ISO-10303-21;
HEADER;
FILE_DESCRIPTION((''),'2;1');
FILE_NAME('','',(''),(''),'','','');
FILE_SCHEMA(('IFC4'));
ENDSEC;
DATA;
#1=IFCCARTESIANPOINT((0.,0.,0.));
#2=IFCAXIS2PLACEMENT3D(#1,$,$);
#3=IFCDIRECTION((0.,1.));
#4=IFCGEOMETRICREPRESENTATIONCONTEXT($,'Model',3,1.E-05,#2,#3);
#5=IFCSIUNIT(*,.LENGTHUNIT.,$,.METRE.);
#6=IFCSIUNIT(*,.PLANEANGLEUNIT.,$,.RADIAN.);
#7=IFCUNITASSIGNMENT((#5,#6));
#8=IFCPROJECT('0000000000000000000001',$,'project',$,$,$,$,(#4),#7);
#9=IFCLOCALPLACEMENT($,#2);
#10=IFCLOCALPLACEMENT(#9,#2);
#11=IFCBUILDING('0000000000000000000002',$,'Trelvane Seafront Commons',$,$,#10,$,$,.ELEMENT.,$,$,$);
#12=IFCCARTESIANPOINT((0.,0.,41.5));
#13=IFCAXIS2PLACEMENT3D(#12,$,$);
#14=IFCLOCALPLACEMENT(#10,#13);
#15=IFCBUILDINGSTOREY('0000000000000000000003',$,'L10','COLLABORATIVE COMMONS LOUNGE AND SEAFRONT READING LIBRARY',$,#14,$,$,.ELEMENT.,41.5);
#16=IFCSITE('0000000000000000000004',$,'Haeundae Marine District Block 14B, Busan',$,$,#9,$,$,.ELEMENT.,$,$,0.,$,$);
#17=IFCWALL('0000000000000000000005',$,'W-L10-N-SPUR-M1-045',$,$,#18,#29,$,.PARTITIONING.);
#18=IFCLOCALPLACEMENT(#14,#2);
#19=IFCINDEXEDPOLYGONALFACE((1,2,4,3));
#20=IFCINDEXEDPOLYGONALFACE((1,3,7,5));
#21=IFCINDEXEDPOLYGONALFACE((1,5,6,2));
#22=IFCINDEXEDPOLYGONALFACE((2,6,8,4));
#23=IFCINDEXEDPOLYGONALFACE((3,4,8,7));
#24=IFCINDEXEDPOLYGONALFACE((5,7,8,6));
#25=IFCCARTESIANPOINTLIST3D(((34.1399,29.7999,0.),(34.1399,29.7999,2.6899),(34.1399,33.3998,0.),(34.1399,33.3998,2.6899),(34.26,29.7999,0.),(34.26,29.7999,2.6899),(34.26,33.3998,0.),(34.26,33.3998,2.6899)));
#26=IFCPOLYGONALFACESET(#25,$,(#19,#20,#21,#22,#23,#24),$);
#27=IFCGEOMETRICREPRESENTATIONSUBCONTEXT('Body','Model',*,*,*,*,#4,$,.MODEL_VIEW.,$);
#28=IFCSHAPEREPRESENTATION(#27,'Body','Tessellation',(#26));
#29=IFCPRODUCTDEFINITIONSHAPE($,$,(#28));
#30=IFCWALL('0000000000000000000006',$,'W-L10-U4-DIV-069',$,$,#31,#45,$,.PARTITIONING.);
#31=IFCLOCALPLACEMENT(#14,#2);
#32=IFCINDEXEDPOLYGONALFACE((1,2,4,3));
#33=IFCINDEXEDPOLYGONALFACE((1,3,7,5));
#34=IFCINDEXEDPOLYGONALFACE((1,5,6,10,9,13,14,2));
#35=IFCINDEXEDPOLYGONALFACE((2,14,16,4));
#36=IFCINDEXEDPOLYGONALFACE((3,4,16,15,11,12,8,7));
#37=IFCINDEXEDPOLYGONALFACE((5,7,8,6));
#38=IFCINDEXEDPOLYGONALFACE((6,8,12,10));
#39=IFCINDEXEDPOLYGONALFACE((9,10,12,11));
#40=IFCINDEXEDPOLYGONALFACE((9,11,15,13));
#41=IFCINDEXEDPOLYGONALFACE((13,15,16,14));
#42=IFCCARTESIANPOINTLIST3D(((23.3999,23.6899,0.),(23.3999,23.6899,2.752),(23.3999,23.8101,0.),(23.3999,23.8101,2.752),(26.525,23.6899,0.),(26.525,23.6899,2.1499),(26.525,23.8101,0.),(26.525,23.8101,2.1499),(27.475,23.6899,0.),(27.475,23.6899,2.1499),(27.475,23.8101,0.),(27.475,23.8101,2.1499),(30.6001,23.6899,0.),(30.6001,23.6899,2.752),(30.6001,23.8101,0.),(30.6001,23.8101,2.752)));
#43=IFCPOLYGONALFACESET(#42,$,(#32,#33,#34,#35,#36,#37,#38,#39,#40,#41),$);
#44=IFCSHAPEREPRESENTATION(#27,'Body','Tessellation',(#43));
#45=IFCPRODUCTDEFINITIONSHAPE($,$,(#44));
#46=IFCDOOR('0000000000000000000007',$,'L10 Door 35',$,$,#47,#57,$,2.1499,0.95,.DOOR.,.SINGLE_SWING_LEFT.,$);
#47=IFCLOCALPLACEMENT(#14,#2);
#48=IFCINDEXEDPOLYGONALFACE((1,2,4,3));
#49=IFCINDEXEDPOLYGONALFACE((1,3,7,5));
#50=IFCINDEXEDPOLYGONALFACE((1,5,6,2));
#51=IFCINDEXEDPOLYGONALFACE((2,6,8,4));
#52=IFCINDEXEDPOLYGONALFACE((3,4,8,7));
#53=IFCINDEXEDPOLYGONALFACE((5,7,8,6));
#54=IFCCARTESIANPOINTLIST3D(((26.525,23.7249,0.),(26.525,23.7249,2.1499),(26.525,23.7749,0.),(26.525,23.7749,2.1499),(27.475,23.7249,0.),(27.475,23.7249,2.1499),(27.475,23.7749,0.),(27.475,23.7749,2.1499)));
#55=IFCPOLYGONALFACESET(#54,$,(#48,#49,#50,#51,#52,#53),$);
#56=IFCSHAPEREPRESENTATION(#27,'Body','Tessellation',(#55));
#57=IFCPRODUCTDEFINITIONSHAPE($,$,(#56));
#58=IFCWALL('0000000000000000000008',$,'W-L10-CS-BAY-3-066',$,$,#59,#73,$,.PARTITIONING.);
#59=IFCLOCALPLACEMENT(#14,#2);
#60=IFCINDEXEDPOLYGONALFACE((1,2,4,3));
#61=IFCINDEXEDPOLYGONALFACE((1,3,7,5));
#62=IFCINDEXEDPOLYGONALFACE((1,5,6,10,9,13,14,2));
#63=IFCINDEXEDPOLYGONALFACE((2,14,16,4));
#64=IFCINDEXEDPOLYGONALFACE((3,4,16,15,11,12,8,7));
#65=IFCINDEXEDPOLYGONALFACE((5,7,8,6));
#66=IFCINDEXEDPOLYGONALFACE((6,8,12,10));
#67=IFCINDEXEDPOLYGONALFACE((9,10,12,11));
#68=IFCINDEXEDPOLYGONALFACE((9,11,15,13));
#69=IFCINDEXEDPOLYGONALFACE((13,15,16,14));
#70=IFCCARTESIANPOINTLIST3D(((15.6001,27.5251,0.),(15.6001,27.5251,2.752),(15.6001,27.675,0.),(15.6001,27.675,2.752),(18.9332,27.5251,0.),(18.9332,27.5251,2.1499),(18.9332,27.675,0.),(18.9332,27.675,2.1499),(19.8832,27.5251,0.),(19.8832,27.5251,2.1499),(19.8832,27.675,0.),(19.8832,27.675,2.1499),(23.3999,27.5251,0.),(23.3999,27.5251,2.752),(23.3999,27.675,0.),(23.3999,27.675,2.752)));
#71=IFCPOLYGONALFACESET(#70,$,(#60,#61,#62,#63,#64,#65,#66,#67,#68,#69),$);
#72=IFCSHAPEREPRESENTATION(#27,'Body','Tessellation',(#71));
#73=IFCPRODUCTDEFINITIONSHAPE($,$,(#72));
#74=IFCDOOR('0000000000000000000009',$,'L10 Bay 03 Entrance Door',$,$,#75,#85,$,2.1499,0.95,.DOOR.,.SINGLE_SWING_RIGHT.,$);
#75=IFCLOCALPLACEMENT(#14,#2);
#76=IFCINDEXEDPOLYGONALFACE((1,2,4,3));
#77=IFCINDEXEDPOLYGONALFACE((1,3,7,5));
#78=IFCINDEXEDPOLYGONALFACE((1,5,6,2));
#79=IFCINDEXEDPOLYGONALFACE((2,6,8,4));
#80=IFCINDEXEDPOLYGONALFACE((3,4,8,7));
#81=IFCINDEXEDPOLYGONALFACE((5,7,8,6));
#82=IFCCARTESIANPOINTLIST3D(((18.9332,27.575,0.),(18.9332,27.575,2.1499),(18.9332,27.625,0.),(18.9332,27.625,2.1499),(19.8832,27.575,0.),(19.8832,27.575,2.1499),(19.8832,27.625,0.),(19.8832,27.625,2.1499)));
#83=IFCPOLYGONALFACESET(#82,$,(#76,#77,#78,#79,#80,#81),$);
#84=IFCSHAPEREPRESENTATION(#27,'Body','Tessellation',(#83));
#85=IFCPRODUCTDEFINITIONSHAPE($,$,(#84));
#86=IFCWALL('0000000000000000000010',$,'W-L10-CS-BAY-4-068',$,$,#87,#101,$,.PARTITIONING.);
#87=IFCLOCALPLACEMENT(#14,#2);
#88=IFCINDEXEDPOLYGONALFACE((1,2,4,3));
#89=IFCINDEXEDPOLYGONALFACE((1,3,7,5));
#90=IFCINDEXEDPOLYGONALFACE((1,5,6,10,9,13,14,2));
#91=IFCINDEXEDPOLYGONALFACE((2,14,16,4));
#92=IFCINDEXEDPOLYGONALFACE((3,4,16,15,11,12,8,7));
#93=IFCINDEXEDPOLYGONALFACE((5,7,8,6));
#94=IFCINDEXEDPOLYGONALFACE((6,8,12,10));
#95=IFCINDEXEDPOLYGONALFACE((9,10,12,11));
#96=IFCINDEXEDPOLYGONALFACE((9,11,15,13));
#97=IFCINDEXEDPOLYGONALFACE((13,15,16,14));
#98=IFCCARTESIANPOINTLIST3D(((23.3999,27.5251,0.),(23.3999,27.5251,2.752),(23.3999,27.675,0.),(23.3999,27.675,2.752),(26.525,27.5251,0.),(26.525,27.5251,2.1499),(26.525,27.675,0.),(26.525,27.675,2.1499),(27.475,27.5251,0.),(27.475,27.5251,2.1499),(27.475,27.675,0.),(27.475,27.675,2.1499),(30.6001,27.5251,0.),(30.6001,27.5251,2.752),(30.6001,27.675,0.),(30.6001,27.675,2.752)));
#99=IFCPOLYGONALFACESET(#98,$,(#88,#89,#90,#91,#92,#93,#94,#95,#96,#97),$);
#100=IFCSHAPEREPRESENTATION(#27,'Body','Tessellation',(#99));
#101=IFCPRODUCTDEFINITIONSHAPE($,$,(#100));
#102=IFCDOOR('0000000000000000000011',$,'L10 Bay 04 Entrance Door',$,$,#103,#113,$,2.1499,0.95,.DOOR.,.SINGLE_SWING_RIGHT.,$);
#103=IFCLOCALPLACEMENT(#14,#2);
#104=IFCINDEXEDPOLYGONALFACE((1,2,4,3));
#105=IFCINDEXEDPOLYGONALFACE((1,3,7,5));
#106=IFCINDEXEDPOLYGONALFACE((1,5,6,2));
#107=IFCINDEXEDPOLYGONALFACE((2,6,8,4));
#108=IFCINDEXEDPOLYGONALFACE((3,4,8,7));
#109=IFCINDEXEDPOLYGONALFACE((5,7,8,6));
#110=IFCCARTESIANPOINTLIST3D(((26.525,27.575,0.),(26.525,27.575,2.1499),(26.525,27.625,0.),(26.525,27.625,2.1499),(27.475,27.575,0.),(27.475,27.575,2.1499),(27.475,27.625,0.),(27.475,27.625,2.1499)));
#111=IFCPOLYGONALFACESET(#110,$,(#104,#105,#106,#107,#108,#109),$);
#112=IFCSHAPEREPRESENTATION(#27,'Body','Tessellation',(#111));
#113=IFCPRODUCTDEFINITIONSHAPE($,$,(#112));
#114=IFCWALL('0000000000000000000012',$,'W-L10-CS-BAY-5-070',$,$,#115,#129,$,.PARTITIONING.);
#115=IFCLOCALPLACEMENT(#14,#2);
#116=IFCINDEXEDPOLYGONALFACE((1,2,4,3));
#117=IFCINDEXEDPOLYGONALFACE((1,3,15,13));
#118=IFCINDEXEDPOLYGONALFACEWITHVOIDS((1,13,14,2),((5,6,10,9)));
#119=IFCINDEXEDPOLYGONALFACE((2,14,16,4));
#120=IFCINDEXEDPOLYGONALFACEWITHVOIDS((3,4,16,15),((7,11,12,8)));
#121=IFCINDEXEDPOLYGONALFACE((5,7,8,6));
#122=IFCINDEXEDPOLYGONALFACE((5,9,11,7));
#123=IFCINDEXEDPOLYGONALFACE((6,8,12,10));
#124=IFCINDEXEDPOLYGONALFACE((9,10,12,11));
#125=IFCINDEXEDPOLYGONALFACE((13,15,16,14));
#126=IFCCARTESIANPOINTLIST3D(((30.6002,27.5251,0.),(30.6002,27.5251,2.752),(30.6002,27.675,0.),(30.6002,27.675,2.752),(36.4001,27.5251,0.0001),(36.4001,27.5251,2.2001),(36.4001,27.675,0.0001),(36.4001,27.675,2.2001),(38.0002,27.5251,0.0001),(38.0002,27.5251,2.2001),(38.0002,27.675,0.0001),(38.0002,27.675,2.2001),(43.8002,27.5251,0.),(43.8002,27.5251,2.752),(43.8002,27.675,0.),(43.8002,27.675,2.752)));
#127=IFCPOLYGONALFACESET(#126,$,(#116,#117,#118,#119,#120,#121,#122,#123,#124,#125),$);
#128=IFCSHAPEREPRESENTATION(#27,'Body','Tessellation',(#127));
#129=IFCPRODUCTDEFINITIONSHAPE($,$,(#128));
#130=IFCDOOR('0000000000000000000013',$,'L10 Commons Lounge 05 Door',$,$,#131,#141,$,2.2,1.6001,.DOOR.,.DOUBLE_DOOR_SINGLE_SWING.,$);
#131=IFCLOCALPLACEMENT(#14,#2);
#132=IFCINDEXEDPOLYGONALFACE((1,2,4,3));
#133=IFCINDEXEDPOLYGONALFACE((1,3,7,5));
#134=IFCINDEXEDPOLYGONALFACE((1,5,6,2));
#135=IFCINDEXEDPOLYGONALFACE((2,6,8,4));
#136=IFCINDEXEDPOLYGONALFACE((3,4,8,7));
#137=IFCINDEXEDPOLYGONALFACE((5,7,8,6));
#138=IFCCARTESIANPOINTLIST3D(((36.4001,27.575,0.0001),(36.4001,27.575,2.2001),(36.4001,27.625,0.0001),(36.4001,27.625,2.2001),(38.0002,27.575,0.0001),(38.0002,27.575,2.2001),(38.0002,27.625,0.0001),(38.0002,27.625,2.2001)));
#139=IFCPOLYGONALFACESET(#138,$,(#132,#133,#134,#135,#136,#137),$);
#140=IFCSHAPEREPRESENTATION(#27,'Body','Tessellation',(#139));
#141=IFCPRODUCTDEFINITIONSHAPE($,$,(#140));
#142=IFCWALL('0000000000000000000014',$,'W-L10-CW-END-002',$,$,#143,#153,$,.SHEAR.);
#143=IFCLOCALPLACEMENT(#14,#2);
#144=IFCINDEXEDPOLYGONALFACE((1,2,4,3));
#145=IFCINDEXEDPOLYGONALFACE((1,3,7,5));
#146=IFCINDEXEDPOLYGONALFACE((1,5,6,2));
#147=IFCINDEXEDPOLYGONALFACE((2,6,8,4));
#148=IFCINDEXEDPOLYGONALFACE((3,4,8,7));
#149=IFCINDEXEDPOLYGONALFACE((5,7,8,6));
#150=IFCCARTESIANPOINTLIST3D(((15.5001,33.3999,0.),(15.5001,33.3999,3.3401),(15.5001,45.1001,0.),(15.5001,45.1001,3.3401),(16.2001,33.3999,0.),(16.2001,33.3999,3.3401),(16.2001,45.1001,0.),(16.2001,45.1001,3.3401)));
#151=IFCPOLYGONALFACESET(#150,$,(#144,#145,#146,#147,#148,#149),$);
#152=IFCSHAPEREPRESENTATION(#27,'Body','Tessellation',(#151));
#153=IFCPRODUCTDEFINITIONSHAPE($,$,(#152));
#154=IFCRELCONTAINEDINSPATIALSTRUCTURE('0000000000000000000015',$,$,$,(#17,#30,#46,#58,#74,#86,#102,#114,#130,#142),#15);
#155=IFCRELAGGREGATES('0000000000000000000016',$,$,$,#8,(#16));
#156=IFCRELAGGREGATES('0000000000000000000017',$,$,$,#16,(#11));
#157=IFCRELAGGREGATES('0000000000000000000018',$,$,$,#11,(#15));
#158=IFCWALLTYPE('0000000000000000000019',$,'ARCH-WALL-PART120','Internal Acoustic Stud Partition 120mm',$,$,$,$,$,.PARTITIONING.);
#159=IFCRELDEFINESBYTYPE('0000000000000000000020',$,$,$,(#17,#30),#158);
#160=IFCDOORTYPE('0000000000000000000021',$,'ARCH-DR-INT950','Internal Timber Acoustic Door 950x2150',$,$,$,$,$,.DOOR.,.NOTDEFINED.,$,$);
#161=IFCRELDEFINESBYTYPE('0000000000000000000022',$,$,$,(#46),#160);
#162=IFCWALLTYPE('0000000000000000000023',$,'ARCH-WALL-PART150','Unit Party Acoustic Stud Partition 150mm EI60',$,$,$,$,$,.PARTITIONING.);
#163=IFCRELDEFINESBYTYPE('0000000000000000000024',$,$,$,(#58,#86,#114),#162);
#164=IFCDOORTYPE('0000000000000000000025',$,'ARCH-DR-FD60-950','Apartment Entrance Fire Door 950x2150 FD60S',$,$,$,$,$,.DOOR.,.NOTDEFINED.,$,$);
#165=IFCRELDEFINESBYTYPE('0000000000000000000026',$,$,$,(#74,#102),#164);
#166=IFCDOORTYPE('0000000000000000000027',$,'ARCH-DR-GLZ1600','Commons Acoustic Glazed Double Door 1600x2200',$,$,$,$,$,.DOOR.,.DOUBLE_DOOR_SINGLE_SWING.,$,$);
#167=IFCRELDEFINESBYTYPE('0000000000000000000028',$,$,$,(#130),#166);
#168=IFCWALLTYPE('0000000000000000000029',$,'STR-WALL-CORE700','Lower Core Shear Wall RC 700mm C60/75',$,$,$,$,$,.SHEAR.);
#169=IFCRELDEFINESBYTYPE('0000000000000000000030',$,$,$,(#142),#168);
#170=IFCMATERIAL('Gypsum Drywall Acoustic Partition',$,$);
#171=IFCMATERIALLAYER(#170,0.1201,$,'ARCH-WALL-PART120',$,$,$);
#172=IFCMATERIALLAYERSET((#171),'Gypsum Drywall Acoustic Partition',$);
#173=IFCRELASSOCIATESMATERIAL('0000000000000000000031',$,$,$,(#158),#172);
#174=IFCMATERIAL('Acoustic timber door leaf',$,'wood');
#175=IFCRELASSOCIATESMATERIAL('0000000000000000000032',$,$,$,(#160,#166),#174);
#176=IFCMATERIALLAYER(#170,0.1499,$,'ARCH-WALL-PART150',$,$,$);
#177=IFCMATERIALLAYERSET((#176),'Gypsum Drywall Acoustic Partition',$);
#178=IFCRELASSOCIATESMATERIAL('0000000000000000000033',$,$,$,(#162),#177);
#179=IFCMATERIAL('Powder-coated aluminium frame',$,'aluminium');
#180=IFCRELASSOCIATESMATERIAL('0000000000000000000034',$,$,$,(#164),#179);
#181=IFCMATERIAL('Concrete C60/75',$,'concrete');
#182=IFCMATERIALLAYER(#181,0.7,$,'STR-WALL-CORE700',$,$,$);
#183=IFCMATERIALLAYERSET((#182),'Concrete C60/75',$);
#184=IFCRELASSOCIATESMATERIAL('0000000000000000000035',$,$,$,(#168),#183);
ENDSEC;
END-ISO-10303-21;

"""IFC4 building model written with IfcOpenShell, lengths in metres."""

from ifc_helpers import new_model, si_unit, direction, frame, frame_2d, origin, place, context, subcontext, project, spatial, rectangle, extrude, source, transform, mapped, material, layer, layer_set, type_object, element, fill, save


model = new_model("IFC4")

# Units and contexts
model_context = context("Model", 3, precision=1e-05, world=origin(), true_north=direction((0.0, 1.0)))
body_context = subcontext(model_context, "Body", "Model", "MODEL_VIEW")
ifc_project = project(units=[si_unit("LENGTHUNIT", "METRE"), si_unit("PLANEANGLEUNIT", "RADIAN")], contexts=[model_context])

# Site, building, storey
site_placement = place(None, origin())
site = spatial("IfcSite", under=ifc_project, at=site_placement, Name="Haeundae Marine District Block 14B, Busan", CompositionType="ELEMENT", RefElevation=0.0)
building_placement = place(site_placement, origin())
building = spatial("IfcBuilding", under=site, at=building_placement, Name="Trelvane Seafront Commons", CompositionType="ELEMENT")
storey_placement = place(building_placement, frame((0.0, 0.0, 41.5)))
storey = spatial("IfcBuildingStorey", under=building, at=storey_placement, Name="L10", Description="COLLABORATIVE COMMONS LOUNGE AND SEAFRONT READING LIBRARY", CompositionType="ELEMENT", Elevation=41.5)

# Shared definitions
ifc_material_1 = material(Name="Concrete C60/75", Category="concrete")

# Shared definitions
ifc_material_2 = material(Name="Gypsum Drywall Acoustic Partition")
ifc_layer_1 = layer(ifc_material_2, 0.1201, Name="ARCH-WALL-PART120")
ifc_layer_set_1 = layer_set([ifc_layer_1], Name="Gypsum Drywall Acoustic Partition")
wall_type_1 = type_object("IfcWallType", Name="ARCH-WALL-PART120", Description="Internal Acoustic Stud Partition 120mm", PredefinedType="PARTITIONING", material=ifc_layer_set_1)
ifc_material_3 = material(Name="Acoustic timber door leaf", Category="wood")
door_type_1 = type_object("IfcDoorType", Name="ARCH-DR-INT950", Description="Internal Timber Acoustic Door 950x2150", OperationType="NOTDEFINED", PredefinedType="DOOR", material=ifc_material_3)
shared_shape_1 = source(origin(), body_context, "Body", "SweptSolid", [
    extrude(rectangle(XDim=0.95, YDim=2.1499, at=frame_2d((0.4751, 1.075))), frame((0.0, 0.0249, 0.0), z_axis=(0.0, -1.0, 0.0), x_axis=(1.0, 0.0, 0.0)), (0.0, 0.0, 1.0), 0.05),
])

# Wall
for number, where, z_axis, x_axis, name in (
    (1, (34.2, 29.8, 0.0), (0.0, 0.0, 1.0), (0.0, 1.0, 0.0), "W-L10-N-SPUR-M1-045"),
):
    element("IfcWall", number, at=place(storey_placement, frame(where, z_axis=z_axis, x_axis=x_axis)), inside=storey, type_object=wall_type_1, Name=name, PredefinedType="PARTITIONING", context=body_context, shape_type="SweptSolid", body=[
        extrude(rectangle(XDim=3.5999, YDim=0.1201, at=frame_2d((1.7998, 0.0))), origin(), (0.0, 0.0, 1.0), 2.6899),
    ])

# Walls, openings, doors
wall_1_placement = place(storey_placement, frame((23.3999, 23.75, 0.0), z_axis=(0.0, 0.0, 1.0), x_axis=(1.0, 0.0, 0.0)))
wall_1 = element("IfcWall", 2, at=wall_1_placement, inside=storey, type_object=wall_type_1, Name="W-L10-U4-DIV-069", PredefinedType="PARTITIONING", context=body_context, shape_type="SweptSolid", body=[
    extrude(rectangle(XDim=7.2002, YDim=0.1201, at=frame_2d((3.6001, 0.0))), origin(), (0.0, 0.0, 1.0), 2.752),
])
opening_1_placement = place(wall_1_placement, frame((3.125, 0.0, 0.0)))
opening_1 = element("IfcOpeningElement", 3, at=opening_1_placement, cuts=wall_1, PredefinedType="OPENING", context=body_context, shape_type="SweptSolid", body=[
    extrude(rectangle(XDim=0.95, YDim=2.1499, at=frame_2d((0.4751, 1.075))), frame((0.0, 0.0701, 0.0), z_axis=(0.0, -1.0, 0.0), x_axis=(1.0, 0.0, 0.0)), (0.0, 0.0, 1.0), 0.1401),
])
door_1_placement = place(opening_1_placement, origin())
door_1 = element("IfcDoor", 4, at=door_1_placement, inside=storey, type_object=door_type_1, Name="L10 Door 35", OperationType="SINGLE_SWING_LEFT", OverallHeight=2.1499, OverallWidth=0.95, PredefinedType="DOOR", context=body_context, shape_type="MappedRepresentation", body=[
    mapped(shared_shape_1, transform((0.0, 0.0, 0.0), x_axis=(1.0, 0.0, 0.0), y_axis=(0.0, 1.0, 0.0), z_axis=(0.0, 0.0, 1.0), scale=1.0)),
])
fill(opening_1, door_1)
ifc_layer_2 = layer(ifc_material_2, 0.1499, Name="ARCH-WALL-PART150")
ifc_layer_set_2 = layer_set([ifc_layer_2], Name="Gypsum Drywall Acoustic Partition")
wall_type_2 = type_object("IfcWallType", Name="ARCH-WALL-PART150", Description="Unit Party Acoustic Stud Partition 150mm EI60", PredefinedType="PARTITIONING", material=ifc_layer_set_2)
wall_2_placement = place(storey_placement, frame((15.6001, 27.6001, 0.0), z_axis=(0.0, 0.0, 1.0), x_axis=(1.0, 0.0, 0.0)))
wall_2 = element("IfcWall", 5, at=wall_2_placement, inside=storey, type_object=wall_type_2, Name="W-L10-CS-BAY-3-066", PredefinedType="PARTITIONING", context=body_context, shape_type="SweptSolid", body=[
    extrude(rectangle(XDim=7.7998, YDim=0.1499, at=frame_2d((3.8999, 0.0))), origin(), (0.0, 0.0, 1.0), 2.752),
])
opening_2_placement = place(wall_2_placement, frame((3.333, 0.0, 0.0)))
opening_2 = element("IfcOpeningElement", 6, at=opening_2_placement, cuts=wall_2, PredefinedType="OPENING", context=body_context, shape_type="SweptSolid", body=[
    extrude(rectangle(XDim=0.95, YDim=2.1499, at=frame_2d((0.4751, 1.075))), frame((0.0, 0.085, 0.0), z_axis=(0.0, -1.0, 0.0), x_axis=(1.0, 0.0, 0.0)), (0.0, 0.0, 1.0), 0.1699),
])
ifc_material_4 = material(Name="Powder-coated aluminium frame", Category="aluminium")
door_type_2 = type_object("IfcDoorType", Name="ARCH-DR-FD60-950", Description="Apartment Entrance Fire Door 950x2150 FD60S", OperationType="NOTDEFINED", PredefinedType="DOOR", material=ifc_material_4)
door_2_placement = place(opening_2_placement, origin())
door_2 = element("IfcDoor", 7, at=door_2_placement, inside=storey, type_object=door_type_2, Name="L10 Bay 03 Entrance Door", OperationType="SINGLE_SWING_RIGHT", OverallHeight=2.1499, OverallWidth=0.95, PredefinedType="DOOR", context=body_context, shape_type="MappedRepresentation", body=[
    mapped(shared_shape_1, transform((0.0, 0.0, 0.0), x_axis=(1.0, 0.0, 0.0), y_axis=(0.0, 1.0, 0.0), z_axis=(0.0, 0.0, 1.0), scale=1.0)),
])
fill(opening_2, door_2)
wall_3_placement = place(storey_placement, frame((23.3999, 27.6001, 0.0), z_axis=(0.0, 0.0, 1.0), x_axis=(1.0, 0.0, 0.0)))
wall_3 = element("IfcWall", 8, at=wall_3_placement, inside=storey, type_object=wall_type_2, Name="W-L10-CS-BAY-4-068", PredefinedType="PARTITIONING", context=body_context, shape_type="SweptSolid", body=[
    extrude(rectangle(XDim=7.2002, YDim=0.1499, at=frame_2d((3.6001, 0.0))), origin(), (0.0, 0.0, 1.0), 2.752),
])
opening_3_placement = place(wall_3_placement, frame((3.125, 0.0, 0.0)))
opening_3 = element("IfcOpeningElement", 9, at=opening_3_placement, cuts=wall_3, PredefinedType="OPENING", context=body_context, shape_type="SweptSolid", body=[
    extrude(rectangle(XDim=0.95, YDim=2.1499, at=frame_2d((0.4751, 1.075))), frame((0.0, 0.085, 0.0), z_axis=(0.0, -1.0, 0.0), x_axis=(1.0, 0.0, 0.0)), (0.0, 0.0, 1.0), 0.1699),
])
door_3_placement = place(opening_3_placement, origin())
door_3 = element("IfcDoor", 10, at=door_3_placement, inside=storey, type_object=door_type_2, Name="L10 Bay 04 Entrance Door", OperationType="SINGLE_SWING_RIGHT", OverallHeight=2.1499, OverallWidth=0.95, PredefinedType="DOOR", context=body_context, shape_type="MappedRepresentation", body=[
    mapped(shared_shape_1, transform((0.0, 0.0, 0.0), x_axis=(1.0, 0.0, 0.0), y_axis=(0.0, 1.0, 0.0), z_axis=(0.0, 0.0, 1.0), scale=1.0)),
])
fill(opening_3, door_3)
wall_4_placement = place(storey_placement, frame((30.6001, 27.6001, 0.0), z_axis=(0.0, 0.0, 1.0), x_axis=(1.0, 0.0, 0.0)))
wall_4 = element("IfcWall", 11, at=wall_4_placement, inside=storey, type_object=wall_type_2, Name="W-L10-CS-BAY-5-070", PredefinedType="PARTITIONING", context=body_context, shape_type="SweptSolid", body=[
    extrude(rectangle(XDim=13.2, YDim=0.1499, at=frame_2d((6.6001, 0.0))), origin(), (0.0, 0.0, 1.0), 2.752),
])
opening_4_placement = place(wall_4_placement, frame((5.8, 0.0, 0.0)))
opening_4 = element("IfcOpeningElement", 12, at=opening_4_placement, cuts=wall_4, PredefinedType="OPENING", context=body_context, shape_type="SweptSolid", body=[
    extrude(rectangle(XDim=1.6001, YDim=2.2, at=frame_2d((0.8, 1.1001))), frame((0.0, 0.085, 0.0), z_axis=(0.0, -1.0, 0.0), x_axis=(1.0, 0.0, 0.0)), (0.0, 0.0, 1.0), 0.1699),
])
door_type_3 = type_object("IfcDoorType", Name="ARCH-DR-GLZ1600", Description="Commons Acoustic Glazed Double Door 1600x2200", OperationType="DOUBLE_DOOR_SINGLE_SWING", PredefinedType="DOOR", material=ifc_material_3)
shared_shape_2 = source(origin(), body_context, "Body", "SweptSolid", [
    extrude(rectangle(XDim=1.6001, YDim=2.2, at=frame_2d((0.8, 1.1001))), frame((0.0, 0.0249, 0.0), z_axis=(0.0, -1.0, 0.0), x_axis=(1.0, 0.0, 0.0)), (0.0, 0.0, 1.0), 0.05),
])
door_4_placement = place(opening_4_placement, origin())
door_4 = element("IfcDoor", 13, at=door_4_placement, inside=storey, type_object=door_type_3, Name="L10 Commons Lounge 05 Door", OperationType="DOUBLE_DOOR_SINGLE_SWING", OverallHeight=2.2, OverallWidth=1.6001, PredefinedType="DOOR", context=body_context, shape_type="MappedRepresentation", body=[
    mapped(shared_shape_2, transform((0.0, 0.0, 0.0), x_axis=(1.0, 0.0, 0.0), y_axis=(0.0, 1.0, 0.0), z_axis=(0.0, 0.0, 1.0), scale=1.0)),
])
fill(opening_4, door_4)

# Wall
ifc_layer_3 = layer(ifc_material_1, 0.7, Name="STR-WALL-CORE700")
ifc_layer_set_3 = layer_set([ifc_layer_3], Name="Concrete C60/75")
wall_type_3 = type_object("IfcWallType", Name="STR-WALL-CORE700", Description="Lower Core Shear Wall RC 700mm C60/75", PredefinedType="SHEAR", material=ifc_layer_set_3)
wall_5_placement = place(storey_placement, frame((15.8501, 33.3999, 0.0), z_axis=(0.0, 0.0, 1.0), x_axis=(0.0, 1.0, 0.0)))
element("IfcWall", 14, at=wall_5_placement, inside=storey, type_object=wall_type_3, Name="W-L10-CW-END-002", PredefinedType="SHEAR", context=body_context, shape_type="SweptSolid", body=[
    extrude(rectangle(XDim=11.7002, YDim=0.7, at=frame_2d((5.8501, 0.0))), origin(), (0.0, 0.0, 1.0), 3.3401),
])

save(model, "model.ifc")
